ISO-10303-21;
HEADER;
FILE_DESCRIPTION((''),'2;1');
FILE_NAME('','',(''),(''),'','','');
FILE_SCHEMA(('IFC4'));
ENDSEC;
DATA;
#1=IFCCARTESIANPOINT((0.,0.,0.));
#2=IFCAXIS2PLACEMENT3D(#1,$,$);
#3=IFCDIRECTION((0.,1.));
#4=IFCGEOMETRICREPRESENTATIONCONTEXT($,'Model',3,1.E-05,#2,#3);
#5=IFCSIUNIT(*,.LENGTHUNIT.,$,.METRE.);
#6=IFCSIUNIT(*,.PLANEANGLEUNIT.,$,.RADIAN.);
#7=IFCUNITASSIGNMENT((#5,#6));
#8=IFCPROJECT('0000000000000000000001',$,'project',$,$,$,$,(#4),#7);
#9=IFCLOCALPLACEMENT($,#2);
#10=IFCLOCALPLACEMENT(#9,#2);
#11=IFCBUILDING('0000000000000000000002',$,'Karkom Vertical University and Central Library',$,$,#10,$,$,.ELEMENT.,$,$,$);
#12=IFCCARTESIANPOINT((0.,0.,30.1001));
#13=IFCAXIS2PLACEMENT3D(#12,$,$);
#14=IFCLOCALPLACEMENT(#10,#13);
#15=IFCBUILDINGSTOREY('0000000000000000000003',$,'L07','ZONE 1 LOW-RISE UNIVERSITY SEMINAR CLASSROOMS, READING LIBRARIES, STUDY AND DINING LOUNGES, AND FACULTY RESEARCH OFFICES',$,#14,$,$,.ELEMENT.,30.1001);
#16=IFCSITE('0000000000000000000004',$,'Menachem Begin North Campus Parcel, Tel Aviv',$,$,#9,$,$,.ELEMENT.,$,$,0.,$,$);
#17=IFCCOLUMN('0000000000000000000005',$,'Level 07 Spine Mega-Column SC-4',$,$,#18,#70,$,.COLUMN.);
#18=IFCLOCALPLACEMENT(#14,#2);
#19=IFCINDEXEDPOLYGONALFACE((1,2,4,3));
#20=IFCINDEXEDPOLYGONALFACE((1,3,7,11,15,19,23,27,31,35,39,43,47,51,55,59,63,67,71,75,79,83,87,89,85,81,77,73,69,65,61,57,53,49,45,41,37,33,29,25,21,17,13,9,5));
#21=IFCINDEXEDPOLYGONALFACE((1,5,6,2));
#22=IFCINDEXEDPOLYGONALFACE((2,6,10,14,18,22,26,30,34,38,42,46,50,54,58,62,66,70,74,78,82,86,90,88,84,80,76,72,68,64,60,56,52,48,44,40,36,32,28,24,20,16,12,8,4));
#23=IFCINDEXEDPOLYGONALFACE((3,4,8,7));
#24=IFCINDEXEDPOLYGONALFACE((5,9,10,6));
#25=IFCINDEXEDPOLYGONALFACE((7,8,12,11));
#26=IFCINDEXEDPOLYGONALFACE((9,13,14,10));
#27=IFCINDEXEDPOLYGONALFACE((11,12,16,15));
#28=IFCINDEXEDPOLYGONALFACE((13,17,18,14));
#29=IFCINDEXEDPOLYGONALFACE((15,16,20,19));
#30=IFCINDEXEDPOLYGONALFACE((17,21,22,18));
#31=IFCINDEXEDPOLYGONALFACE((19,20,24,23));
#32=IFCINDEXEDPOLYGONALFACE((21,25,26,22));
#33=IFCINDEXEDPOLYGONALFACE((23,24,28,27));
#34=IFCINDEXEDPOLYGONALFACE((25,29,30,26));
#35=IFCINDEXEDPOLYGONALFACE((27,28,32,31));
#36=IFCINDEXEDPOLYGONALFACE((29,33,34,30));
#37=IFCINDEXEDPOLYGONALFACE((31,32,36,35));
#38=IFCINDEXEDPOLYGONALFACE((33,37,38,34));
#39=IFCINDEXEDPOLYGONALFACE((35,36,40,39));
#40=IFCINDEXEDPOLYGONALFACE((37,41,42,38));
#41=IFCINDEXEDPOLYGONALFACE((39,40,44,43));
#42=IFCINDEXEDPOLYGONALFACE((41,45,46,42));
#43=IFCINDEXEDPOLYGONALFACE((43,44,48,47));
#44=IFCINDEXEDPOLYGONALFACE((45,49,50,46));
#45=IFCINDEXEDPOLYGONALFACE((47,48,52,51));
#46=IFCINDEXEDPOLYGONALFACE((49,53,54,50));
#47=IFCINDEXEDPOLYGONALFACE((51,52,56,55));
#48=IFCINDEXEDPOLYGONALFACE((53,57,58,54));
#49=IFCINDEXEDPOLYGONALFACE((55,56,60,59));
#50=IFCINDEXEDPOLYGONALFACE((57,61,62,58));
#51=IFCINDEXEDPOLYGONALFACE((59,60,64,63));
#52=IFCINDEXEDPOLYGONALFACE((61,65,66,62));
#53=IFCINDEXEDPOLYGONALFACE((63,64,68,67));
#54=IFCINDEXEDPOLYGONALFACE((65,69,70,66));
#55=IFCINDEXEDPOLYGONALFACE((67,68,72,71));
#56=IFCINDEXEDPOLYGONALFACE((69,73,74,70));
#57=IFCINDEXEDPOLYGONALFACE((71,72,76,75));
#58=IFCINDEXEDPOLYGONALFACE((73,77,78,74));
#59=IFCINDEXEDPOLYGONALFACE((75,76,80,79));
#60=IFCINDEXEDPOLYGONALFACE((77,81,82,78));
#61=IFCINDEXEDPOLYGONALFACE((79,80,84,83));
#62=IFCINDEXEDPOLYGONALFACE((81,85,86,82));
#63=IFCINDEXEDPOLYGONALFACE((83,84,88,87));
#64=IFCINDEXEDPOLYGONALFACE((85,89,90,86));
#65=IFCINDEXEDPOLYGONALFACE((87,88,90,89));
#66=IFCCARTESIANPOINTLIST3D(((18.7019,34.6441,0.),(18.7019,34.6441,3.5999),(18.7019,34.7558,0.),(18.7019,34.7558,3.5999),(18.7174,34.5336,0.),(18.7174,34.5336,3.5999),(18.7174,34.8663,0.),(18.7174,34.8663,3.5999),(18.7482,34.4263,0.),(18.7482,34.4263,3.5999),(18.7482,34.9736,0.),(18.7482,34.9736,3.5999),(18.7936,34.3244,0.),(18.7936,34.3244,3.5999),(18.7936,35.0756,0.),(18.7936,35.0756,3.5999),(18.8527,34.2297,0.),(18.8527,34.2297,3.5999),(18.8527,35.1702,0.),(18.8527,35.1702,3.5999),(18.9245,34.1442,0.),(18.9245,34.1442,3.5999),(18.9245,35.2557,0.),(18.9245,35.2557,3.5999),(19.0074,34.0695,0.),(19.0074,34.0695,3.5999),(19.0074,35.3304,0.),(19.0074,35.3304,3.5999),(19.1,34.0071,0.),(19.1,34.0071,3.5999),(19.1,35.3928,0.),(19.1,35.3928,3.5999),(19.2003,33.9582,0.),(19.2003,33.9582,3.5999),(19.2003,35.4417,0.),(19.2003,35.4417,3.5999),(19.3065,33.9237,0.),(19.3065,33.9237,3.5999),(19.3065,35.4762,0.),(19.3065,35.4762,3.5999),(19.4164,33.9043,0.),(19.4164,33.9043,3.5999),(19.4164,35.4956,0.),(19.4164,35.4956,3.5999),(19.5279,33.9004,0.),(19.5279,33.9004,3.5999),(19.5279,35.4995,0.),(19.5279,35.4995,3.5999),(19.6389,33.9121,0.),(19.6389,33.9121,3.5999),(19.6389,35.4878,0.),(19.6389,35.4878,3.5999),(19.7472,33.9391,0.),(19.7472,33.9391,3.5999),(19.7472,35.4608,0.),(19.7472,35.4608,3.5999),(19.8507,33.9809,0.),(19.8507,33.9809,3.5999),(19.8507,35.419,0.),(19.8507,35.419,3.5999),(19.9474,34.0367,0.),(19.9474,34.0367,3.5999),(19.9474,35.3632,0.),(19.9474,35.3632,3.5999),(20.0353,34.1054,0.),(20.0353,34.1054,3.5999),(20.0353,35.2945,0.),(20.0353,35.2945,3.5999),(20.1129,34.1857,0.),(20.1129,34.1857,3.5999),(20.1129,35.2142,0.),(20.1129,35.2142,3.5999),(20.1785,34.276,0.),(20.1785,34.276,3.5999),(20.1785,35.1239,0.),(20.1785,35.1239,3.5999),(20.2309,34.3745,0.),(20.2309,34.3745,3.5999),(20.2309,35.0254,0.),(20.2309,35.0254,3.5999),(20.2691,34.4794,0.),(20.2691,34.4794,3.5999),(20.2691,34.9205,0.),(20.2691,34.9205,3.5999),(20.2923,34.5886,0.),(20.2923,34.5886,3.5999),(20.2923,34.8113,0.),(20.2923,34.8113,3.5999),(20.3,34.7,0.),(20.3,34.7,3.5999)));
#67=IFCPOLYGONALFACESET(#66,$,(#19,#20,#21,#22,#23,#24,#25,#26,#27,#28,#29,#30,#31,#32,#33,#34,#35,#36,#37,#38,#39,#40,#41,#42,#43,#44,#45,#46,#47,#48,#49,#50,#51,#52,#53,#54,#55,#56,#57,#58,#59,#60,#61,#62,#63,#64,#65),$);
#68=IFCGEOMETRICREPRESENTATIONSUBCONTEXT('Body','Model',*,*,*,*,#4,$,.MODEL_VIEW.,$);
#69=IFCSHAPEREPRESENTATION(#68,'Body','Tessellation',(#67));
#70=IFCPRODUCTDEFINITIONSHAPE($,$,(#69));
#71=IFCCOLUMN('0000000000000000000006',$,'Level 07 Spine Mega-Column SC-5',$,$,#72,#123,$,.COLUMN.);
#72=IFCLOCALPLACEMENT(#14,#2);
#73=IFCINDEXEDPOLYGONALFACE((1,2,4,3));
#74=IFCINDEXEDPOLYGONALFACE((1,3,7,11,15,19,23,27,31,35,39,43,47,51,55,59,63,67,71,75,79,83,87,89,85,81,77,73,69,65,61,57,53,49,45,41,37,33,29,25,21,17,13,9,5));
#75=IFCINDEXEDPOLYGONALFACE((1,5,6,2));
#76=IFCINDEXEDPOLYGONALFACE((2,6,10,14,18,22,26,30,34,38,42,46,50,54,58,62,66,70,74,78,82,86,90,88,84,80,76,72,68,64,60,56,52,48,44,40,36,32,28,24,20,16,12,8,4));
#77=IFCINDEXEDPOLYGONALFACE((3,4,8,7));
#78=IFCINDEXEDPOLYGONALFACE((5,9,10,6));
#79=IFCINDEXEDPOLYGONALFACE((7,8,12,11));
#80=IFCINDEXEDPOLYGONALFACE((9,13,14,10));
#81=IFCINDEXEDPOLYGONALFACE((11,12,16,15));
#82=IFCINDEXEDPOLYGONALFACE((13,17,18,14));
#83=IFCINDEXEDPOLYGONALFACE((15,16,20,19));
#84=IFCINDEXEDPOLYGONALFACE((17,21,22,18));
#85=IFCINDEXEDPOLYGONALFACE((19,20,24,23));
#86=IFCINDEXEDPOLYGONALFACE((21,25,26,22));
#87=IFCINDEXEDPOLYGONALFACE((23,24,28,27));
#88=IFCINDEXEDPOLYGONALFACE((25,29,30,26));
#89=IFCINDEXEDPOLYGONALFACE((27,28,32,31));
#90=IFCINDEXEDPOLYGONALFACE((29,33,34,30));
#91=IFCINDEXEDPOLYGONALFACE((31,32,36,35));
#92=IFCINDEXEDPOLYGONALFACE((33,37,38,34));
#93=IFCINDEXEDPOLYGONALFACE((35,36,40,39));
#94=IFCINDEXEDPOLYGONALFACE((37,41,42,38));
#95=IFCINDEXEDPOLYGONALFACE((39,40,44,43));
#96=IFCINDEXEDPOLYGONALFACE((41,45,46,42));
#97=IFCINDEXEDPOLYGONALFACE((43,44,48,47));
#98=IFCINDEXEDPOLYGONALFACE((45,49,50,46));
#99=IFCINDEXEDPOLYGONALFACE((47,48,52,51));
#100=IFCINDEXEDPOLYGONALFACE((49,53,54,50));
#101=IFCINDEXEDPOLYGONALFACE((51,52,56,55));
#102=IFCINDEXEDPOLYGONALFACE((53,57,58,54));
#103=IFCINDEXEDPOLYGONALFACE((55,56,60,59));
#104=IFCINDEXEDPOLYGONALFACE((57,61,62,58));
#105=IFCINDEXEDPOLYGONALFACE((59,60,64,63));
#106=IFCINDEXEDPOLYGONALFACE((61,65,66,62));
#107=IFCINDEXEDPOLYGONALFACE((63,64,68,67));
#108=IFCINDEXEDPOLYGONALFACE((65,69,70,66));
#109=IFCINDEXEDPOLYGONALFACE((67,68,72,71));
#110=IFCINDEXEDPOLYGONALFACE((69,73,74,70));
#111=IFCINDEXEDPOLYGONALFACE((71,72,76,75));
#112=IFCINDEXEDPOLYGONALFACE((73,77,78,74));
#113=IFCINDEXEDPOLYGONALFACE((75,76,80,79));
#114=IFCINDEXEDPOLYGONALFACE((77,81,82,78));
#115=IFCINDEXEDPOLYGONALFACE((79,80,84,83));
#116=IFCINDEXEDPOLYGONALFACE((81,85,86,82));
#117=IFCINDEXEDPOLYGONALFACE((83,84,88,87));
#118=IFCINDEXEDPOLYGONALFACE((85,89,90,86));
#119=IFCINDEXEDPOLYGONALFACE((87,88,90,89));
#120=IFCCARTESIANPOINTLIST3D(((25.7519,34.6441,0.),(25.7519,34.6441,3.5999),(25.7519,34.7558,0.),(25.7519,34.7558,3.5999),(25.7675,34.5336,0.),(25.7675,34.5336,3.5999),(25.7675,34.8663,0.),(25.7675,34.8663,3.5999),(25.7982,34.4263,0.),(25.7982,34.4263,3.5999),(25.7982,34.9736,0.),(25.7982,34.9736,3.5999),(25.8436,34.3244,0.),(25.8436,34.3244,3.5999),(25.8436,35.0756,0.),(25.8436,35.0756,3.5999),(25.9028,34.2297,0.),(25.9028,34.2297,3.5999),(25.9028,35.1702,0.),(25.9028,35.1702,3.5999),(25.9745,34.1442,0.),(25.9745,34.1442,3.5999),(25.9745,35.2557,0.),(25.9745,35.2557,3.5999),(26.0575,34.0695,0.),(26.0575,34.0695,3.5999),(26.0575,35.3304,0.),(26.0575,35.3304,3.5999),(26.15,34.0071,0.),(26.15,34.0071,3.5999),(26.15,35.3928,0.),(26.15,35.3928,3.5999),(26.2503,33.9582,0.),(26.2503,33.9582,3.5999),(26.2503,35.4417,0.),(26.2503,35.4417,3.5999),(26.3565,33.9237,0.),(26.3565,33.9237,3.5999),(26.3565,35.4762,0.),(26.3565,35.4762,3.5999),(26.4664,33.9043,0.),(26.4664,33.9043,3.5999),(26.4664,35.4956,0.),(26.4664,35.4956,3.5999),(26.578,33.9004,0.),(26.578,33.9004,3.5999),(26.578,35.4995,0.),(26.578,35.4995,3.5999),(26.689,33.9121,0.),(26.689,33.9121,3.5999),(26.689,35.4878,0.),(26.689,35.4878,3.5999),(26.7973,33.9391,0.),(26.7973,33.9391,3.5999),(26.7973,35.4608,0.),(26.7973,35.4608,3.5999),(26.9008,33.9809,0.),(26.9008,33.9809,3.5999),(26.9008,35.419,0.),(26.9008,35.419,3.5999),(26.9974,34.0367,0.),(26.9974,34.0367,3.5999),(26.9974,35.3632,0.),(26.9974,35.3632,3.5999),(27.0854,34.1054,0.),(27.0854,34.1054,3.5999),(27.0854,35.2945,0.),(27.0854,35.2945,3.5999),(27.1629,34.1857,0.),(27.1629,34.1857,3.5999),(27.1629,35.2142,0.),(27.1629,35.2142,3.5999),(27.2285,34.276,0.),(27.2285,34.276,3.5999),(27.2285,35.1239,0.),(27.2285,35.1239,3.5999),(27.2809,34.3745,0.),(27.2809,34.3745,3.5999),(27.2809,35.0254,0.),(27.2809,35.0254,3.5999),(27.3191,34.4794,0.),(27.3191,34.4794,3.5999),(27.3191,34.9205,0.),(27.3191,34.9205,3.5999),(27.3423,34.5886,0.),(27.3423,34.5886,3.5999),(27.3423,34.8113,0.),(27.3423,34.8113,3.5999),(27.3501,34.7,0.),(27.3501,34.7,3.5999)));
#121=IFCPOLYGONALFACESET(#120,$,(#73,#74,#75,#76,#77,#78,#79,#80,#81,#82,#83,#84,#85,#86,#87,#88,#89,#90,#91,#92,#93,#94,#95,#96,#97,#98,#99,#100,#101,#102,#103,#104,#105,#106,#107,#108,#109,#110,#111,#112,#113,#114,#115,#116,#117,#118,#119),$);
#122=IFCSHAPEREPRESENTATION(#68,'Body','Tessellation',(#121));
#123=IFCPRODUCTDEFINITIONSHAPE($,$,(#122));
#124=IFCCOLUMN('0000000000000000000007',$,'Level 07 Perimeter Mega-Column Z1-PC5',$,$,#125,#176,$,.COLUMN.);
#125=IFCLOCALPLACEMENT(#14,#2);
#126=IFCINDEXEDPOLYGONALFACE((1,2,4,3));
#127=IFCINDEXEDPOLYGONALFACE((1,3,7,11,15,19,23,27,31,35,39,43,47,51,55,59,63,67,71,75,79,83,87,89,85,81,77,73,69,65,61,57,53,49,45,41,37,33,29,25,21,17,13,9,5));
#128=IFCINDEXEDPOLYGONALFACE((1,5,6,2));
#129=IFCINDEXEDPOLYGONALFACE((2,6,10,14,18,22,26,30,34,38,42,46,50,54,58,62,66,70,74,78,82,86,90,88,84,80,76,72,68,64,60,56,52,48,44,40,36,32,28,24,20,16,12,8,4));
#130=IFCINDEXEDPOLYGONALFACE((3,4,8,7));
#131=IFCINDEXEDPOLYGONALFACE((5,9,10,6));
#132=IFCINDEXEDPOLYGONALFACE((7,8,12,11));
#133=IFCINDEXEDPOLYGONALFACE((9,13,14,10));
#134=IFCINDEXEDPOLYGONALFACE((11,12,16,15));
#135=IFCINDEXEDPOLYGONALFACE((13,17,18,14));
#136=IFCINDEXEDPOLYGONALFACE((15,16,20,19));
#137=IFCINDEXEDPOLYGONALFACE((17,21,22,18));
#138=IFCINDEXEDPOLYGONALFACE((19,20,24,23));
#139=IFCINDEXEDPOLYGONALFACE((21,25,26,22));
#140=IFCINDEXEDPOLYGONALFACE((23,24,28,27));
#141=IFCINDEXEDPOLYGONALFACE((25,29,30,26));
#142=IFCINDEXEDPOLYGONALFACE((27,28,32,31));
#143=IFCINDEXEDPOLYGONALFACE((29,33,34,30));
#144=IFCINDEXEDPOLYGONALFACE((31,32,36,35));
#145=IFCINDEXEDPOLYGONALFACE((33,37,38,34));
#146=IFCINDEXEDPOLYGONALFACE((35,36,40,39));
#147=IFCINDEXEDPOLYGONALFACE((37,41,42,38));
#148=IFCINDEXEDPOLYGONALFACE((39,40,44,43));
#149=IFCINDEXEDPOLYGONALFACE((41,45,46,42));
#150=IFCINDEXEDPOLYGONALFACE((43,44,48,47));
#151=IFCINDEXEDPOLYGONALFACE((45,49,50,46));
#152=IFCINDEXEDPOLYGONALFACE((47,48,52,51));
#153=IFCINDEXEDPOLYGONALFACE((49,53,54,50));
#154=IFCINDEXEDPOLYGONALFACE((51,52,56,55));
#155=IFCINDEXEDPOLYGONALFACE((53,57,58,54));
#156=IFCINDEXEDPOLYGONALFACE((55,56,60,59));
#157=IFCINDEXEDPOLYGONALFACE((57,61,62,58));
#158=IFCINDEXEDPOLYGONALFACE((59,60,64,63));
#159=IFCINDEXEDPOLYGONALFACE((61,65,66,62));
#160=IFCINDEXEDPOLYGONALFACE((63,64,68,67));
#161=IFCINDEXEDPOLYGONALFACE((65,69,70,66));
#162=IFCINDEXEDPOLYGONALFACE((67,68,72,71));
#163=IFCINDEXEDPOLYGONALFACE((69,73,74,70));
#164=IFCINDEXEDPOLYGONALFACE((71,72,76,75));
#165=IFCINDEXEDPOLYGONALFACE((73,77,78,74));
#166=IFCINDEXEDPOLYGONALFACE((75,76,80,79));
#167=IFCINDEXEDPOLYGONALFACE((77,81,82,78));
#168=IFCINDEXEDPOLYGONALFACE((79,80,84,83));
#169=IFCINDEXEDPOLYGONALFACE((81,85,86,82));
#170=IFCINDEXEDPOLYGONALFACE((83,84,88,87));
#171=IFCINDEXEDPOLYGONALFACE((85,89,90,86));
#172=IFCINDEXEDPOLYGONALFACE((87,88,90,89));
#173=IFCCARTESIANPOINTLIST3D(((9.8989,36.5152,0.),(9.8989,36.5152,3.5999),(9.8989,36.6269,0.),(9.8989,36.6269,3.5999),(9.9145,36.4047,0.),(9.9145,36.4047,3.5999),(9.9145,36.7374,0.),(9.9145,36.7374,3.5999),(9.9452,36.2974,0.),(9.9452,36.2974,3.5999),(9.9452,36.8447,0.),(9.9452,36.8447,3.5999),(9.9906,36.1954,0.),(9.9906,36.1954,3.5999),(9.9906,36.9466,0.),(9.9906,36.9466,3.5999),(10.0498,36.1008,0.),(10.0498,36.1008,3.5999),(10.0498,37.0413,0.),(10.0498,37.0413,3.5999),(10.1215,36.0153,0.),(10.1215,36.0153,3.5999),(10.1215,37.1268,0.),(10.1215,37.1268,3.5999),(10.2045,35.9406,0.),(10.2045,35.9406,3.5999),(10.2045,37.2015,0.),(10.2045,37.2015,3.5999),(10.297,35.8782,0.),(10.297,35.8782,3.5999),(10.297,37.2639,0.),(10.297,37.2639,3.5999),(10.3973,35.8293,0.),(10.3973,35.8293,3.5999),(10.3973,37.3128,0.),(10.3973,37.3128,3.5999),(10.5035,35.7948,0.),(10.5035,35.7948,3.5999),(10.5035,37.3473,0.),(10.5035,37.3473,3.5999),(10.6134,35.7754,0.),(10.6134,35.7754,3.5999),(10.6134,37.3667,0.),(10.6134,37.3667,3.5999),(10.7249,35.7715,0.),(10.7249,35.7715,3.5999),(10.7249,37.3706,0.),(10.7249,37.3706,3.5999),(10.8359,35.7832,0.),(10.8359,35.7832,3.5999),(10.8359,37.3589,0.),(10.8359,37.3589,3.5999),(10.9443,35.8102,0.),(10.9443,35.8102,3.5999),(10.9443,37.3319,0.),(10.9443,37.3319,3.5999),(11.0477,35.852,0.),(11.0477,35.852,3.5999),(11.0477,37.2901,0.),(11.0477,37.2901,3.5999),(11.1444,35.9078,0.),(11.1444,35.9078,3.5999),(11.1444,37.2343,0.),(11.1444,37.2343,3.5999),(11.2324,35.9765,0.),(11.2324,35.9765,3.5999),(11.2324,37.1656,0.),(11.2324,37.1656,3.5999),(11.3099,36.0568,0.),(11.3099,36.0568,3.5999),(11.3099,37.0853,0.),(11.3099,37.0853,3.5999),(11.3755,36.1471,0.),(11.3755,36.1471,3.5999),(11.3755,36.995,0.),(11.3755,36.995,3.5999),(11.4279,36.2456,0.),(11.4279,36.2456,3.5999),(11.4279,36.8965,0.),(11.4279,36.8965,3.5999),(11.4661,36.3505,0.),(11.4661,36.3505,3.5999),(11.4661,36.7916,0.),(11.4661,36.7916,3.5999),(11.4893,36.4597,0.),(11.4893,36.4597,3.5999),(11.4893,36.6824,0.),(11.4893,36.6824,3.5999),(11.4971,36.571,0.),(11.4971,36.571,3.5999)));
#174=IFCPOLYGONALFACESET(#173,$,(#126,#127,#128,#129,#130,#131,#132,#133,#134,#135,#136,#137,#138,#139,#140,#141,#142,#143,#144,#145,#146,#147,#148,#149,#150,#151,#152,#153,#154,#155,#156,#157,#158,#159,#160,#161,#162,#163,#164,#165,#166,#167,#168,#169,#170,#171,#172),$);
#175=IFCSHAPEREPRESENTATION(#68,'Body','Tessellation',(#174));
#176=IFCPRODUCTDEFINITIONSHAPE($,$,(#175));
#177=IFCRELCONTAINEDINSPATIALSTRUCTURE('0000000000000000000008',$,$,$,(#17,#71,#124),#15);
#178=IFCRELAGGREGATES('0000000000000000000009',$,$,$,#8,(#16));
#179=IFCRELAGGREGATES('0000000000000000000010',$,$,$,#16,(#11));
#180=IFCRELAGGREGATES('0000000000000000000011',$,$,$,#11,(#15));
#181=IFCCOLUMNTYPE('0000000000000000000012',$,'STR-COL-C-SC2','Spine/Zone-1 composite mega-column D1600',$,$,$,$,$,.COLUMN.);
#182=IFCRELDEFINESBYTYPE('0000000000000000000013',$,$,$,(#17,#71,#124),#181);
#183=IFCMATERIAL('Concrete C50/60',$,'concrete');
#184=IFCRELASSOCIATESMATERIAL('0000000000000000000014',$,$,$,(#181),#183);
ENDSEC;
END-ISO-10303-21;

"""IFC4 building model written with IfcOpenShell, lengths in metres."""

from ifc_helpers import new_model, si_unit, direction, frame, origin, origin_with_axes, origin_2d, place, context, subcontext, project, spatial, circle, extrude, source, transform, mapped, material, material_profile, profile_set, type_object, element, save


model = new_model("IFC4")

# Units and contexts
model_context = context("Model", 3, precision=1e-05, world=origin(), true_north=direction((0.0, 1.0)))
body_context = subcontext(model_context, "Body", "Model", "MODEL_VIEW")
ifc_project = project(units=[si_unit("LENGTHUNIT", "METRE"), si_unit("PLANEANGLEUNIT", "RADIAN")], contexts=[model_context])

# Site, building, storey
site_placement = place(None, origin())
site = spatial("IfcSite", under=ifc_project, at=site_placement, Name="Menachem Begin North Campus Parcel, Tel Aviv", CompositionType="ELEMENT", RefElevation=0.0)
building_placement = place(site_placement, origin())
building = spatial("IfcBuilding", under=site, at=building_placement, Name="Karkom Vertical University and Central Library", CompositionType="ELEMENT")
storey_placement = place(building_placement, frame((0.0, 0.0, 30.1001)))
storey = spatial("IfcBuildingStorey", under=building, at=storey_placement, Name="L07", Description="ZONE 1 LOW-RISE UNIVERSITY SEMINAR CLASSROOMS, READING LIBRARIES, STUDY AND DINING LOUNGES, AND FACULTY RESEARCH OFFICES", CompositionType="ELEMENT", Elevation=30.1001)

# Columns
ifc_material_1 = material(Name="Concrete C50/60", Category="concrete")
ifc_material_profile_1 = material_profile(ifc_material_1, circle(Radius=0.8, at=origin_2d()), Name="CFT-D1600")
ifc_profile_set_1 = profile_set([ifc_material_profile_1], Name="Concrete C50/60")
column_type = type_object("IfcColumnType", Name="STR-COL-C-SC2", Description="Spine/Zone-1 composite mega-column D1600", PredefinedType="COLUMN", material=ifc_profile_set_1)
shared_shape_1 = source(origin_with_axes(), body_context, "Body", "SweptSolid", [
    extrude(circle(Radius=0.8, at=origin_2d()), origin(), (0.0, 0.0, 1.0), 3.5999),
])
for number, where, z_axis, x_axis, name in (
    (1, (19.5, 34.7, 0.0), (0.0, 0.0, 1.0), (1.0, 0.0, 0.0), "Level 07 Spine Mega-Column SC-4"),
    (2, (26.55, 34.7, 0.0), (0.0, 0.0, 1.0), (1.0, 0.0, 0.0), "Level 07 Spine Mega-Column SC-5"),
    (3, (10.697, 36.571, 0.0), (0.0, 0.0, 1.0), (1.0, 0.0, 0.0), "Level 07 Perimeter Mega-Column Z1-PC5"),
):
    element("IfcColumn", number, at=place(storey_placement, frame(where, z_axis=z_axis, x_axis=x_axis)), inside=storey, type_object=column_type, Name=name, PredefinedType="COLUMN", context=body_context, shape_type="MappedRepresentation", body=[
        mapped(shared_shape_1, transform((0.0, 0.0, 0.0), scale=1.0)),
    ])

save(model, "model.ifc")
